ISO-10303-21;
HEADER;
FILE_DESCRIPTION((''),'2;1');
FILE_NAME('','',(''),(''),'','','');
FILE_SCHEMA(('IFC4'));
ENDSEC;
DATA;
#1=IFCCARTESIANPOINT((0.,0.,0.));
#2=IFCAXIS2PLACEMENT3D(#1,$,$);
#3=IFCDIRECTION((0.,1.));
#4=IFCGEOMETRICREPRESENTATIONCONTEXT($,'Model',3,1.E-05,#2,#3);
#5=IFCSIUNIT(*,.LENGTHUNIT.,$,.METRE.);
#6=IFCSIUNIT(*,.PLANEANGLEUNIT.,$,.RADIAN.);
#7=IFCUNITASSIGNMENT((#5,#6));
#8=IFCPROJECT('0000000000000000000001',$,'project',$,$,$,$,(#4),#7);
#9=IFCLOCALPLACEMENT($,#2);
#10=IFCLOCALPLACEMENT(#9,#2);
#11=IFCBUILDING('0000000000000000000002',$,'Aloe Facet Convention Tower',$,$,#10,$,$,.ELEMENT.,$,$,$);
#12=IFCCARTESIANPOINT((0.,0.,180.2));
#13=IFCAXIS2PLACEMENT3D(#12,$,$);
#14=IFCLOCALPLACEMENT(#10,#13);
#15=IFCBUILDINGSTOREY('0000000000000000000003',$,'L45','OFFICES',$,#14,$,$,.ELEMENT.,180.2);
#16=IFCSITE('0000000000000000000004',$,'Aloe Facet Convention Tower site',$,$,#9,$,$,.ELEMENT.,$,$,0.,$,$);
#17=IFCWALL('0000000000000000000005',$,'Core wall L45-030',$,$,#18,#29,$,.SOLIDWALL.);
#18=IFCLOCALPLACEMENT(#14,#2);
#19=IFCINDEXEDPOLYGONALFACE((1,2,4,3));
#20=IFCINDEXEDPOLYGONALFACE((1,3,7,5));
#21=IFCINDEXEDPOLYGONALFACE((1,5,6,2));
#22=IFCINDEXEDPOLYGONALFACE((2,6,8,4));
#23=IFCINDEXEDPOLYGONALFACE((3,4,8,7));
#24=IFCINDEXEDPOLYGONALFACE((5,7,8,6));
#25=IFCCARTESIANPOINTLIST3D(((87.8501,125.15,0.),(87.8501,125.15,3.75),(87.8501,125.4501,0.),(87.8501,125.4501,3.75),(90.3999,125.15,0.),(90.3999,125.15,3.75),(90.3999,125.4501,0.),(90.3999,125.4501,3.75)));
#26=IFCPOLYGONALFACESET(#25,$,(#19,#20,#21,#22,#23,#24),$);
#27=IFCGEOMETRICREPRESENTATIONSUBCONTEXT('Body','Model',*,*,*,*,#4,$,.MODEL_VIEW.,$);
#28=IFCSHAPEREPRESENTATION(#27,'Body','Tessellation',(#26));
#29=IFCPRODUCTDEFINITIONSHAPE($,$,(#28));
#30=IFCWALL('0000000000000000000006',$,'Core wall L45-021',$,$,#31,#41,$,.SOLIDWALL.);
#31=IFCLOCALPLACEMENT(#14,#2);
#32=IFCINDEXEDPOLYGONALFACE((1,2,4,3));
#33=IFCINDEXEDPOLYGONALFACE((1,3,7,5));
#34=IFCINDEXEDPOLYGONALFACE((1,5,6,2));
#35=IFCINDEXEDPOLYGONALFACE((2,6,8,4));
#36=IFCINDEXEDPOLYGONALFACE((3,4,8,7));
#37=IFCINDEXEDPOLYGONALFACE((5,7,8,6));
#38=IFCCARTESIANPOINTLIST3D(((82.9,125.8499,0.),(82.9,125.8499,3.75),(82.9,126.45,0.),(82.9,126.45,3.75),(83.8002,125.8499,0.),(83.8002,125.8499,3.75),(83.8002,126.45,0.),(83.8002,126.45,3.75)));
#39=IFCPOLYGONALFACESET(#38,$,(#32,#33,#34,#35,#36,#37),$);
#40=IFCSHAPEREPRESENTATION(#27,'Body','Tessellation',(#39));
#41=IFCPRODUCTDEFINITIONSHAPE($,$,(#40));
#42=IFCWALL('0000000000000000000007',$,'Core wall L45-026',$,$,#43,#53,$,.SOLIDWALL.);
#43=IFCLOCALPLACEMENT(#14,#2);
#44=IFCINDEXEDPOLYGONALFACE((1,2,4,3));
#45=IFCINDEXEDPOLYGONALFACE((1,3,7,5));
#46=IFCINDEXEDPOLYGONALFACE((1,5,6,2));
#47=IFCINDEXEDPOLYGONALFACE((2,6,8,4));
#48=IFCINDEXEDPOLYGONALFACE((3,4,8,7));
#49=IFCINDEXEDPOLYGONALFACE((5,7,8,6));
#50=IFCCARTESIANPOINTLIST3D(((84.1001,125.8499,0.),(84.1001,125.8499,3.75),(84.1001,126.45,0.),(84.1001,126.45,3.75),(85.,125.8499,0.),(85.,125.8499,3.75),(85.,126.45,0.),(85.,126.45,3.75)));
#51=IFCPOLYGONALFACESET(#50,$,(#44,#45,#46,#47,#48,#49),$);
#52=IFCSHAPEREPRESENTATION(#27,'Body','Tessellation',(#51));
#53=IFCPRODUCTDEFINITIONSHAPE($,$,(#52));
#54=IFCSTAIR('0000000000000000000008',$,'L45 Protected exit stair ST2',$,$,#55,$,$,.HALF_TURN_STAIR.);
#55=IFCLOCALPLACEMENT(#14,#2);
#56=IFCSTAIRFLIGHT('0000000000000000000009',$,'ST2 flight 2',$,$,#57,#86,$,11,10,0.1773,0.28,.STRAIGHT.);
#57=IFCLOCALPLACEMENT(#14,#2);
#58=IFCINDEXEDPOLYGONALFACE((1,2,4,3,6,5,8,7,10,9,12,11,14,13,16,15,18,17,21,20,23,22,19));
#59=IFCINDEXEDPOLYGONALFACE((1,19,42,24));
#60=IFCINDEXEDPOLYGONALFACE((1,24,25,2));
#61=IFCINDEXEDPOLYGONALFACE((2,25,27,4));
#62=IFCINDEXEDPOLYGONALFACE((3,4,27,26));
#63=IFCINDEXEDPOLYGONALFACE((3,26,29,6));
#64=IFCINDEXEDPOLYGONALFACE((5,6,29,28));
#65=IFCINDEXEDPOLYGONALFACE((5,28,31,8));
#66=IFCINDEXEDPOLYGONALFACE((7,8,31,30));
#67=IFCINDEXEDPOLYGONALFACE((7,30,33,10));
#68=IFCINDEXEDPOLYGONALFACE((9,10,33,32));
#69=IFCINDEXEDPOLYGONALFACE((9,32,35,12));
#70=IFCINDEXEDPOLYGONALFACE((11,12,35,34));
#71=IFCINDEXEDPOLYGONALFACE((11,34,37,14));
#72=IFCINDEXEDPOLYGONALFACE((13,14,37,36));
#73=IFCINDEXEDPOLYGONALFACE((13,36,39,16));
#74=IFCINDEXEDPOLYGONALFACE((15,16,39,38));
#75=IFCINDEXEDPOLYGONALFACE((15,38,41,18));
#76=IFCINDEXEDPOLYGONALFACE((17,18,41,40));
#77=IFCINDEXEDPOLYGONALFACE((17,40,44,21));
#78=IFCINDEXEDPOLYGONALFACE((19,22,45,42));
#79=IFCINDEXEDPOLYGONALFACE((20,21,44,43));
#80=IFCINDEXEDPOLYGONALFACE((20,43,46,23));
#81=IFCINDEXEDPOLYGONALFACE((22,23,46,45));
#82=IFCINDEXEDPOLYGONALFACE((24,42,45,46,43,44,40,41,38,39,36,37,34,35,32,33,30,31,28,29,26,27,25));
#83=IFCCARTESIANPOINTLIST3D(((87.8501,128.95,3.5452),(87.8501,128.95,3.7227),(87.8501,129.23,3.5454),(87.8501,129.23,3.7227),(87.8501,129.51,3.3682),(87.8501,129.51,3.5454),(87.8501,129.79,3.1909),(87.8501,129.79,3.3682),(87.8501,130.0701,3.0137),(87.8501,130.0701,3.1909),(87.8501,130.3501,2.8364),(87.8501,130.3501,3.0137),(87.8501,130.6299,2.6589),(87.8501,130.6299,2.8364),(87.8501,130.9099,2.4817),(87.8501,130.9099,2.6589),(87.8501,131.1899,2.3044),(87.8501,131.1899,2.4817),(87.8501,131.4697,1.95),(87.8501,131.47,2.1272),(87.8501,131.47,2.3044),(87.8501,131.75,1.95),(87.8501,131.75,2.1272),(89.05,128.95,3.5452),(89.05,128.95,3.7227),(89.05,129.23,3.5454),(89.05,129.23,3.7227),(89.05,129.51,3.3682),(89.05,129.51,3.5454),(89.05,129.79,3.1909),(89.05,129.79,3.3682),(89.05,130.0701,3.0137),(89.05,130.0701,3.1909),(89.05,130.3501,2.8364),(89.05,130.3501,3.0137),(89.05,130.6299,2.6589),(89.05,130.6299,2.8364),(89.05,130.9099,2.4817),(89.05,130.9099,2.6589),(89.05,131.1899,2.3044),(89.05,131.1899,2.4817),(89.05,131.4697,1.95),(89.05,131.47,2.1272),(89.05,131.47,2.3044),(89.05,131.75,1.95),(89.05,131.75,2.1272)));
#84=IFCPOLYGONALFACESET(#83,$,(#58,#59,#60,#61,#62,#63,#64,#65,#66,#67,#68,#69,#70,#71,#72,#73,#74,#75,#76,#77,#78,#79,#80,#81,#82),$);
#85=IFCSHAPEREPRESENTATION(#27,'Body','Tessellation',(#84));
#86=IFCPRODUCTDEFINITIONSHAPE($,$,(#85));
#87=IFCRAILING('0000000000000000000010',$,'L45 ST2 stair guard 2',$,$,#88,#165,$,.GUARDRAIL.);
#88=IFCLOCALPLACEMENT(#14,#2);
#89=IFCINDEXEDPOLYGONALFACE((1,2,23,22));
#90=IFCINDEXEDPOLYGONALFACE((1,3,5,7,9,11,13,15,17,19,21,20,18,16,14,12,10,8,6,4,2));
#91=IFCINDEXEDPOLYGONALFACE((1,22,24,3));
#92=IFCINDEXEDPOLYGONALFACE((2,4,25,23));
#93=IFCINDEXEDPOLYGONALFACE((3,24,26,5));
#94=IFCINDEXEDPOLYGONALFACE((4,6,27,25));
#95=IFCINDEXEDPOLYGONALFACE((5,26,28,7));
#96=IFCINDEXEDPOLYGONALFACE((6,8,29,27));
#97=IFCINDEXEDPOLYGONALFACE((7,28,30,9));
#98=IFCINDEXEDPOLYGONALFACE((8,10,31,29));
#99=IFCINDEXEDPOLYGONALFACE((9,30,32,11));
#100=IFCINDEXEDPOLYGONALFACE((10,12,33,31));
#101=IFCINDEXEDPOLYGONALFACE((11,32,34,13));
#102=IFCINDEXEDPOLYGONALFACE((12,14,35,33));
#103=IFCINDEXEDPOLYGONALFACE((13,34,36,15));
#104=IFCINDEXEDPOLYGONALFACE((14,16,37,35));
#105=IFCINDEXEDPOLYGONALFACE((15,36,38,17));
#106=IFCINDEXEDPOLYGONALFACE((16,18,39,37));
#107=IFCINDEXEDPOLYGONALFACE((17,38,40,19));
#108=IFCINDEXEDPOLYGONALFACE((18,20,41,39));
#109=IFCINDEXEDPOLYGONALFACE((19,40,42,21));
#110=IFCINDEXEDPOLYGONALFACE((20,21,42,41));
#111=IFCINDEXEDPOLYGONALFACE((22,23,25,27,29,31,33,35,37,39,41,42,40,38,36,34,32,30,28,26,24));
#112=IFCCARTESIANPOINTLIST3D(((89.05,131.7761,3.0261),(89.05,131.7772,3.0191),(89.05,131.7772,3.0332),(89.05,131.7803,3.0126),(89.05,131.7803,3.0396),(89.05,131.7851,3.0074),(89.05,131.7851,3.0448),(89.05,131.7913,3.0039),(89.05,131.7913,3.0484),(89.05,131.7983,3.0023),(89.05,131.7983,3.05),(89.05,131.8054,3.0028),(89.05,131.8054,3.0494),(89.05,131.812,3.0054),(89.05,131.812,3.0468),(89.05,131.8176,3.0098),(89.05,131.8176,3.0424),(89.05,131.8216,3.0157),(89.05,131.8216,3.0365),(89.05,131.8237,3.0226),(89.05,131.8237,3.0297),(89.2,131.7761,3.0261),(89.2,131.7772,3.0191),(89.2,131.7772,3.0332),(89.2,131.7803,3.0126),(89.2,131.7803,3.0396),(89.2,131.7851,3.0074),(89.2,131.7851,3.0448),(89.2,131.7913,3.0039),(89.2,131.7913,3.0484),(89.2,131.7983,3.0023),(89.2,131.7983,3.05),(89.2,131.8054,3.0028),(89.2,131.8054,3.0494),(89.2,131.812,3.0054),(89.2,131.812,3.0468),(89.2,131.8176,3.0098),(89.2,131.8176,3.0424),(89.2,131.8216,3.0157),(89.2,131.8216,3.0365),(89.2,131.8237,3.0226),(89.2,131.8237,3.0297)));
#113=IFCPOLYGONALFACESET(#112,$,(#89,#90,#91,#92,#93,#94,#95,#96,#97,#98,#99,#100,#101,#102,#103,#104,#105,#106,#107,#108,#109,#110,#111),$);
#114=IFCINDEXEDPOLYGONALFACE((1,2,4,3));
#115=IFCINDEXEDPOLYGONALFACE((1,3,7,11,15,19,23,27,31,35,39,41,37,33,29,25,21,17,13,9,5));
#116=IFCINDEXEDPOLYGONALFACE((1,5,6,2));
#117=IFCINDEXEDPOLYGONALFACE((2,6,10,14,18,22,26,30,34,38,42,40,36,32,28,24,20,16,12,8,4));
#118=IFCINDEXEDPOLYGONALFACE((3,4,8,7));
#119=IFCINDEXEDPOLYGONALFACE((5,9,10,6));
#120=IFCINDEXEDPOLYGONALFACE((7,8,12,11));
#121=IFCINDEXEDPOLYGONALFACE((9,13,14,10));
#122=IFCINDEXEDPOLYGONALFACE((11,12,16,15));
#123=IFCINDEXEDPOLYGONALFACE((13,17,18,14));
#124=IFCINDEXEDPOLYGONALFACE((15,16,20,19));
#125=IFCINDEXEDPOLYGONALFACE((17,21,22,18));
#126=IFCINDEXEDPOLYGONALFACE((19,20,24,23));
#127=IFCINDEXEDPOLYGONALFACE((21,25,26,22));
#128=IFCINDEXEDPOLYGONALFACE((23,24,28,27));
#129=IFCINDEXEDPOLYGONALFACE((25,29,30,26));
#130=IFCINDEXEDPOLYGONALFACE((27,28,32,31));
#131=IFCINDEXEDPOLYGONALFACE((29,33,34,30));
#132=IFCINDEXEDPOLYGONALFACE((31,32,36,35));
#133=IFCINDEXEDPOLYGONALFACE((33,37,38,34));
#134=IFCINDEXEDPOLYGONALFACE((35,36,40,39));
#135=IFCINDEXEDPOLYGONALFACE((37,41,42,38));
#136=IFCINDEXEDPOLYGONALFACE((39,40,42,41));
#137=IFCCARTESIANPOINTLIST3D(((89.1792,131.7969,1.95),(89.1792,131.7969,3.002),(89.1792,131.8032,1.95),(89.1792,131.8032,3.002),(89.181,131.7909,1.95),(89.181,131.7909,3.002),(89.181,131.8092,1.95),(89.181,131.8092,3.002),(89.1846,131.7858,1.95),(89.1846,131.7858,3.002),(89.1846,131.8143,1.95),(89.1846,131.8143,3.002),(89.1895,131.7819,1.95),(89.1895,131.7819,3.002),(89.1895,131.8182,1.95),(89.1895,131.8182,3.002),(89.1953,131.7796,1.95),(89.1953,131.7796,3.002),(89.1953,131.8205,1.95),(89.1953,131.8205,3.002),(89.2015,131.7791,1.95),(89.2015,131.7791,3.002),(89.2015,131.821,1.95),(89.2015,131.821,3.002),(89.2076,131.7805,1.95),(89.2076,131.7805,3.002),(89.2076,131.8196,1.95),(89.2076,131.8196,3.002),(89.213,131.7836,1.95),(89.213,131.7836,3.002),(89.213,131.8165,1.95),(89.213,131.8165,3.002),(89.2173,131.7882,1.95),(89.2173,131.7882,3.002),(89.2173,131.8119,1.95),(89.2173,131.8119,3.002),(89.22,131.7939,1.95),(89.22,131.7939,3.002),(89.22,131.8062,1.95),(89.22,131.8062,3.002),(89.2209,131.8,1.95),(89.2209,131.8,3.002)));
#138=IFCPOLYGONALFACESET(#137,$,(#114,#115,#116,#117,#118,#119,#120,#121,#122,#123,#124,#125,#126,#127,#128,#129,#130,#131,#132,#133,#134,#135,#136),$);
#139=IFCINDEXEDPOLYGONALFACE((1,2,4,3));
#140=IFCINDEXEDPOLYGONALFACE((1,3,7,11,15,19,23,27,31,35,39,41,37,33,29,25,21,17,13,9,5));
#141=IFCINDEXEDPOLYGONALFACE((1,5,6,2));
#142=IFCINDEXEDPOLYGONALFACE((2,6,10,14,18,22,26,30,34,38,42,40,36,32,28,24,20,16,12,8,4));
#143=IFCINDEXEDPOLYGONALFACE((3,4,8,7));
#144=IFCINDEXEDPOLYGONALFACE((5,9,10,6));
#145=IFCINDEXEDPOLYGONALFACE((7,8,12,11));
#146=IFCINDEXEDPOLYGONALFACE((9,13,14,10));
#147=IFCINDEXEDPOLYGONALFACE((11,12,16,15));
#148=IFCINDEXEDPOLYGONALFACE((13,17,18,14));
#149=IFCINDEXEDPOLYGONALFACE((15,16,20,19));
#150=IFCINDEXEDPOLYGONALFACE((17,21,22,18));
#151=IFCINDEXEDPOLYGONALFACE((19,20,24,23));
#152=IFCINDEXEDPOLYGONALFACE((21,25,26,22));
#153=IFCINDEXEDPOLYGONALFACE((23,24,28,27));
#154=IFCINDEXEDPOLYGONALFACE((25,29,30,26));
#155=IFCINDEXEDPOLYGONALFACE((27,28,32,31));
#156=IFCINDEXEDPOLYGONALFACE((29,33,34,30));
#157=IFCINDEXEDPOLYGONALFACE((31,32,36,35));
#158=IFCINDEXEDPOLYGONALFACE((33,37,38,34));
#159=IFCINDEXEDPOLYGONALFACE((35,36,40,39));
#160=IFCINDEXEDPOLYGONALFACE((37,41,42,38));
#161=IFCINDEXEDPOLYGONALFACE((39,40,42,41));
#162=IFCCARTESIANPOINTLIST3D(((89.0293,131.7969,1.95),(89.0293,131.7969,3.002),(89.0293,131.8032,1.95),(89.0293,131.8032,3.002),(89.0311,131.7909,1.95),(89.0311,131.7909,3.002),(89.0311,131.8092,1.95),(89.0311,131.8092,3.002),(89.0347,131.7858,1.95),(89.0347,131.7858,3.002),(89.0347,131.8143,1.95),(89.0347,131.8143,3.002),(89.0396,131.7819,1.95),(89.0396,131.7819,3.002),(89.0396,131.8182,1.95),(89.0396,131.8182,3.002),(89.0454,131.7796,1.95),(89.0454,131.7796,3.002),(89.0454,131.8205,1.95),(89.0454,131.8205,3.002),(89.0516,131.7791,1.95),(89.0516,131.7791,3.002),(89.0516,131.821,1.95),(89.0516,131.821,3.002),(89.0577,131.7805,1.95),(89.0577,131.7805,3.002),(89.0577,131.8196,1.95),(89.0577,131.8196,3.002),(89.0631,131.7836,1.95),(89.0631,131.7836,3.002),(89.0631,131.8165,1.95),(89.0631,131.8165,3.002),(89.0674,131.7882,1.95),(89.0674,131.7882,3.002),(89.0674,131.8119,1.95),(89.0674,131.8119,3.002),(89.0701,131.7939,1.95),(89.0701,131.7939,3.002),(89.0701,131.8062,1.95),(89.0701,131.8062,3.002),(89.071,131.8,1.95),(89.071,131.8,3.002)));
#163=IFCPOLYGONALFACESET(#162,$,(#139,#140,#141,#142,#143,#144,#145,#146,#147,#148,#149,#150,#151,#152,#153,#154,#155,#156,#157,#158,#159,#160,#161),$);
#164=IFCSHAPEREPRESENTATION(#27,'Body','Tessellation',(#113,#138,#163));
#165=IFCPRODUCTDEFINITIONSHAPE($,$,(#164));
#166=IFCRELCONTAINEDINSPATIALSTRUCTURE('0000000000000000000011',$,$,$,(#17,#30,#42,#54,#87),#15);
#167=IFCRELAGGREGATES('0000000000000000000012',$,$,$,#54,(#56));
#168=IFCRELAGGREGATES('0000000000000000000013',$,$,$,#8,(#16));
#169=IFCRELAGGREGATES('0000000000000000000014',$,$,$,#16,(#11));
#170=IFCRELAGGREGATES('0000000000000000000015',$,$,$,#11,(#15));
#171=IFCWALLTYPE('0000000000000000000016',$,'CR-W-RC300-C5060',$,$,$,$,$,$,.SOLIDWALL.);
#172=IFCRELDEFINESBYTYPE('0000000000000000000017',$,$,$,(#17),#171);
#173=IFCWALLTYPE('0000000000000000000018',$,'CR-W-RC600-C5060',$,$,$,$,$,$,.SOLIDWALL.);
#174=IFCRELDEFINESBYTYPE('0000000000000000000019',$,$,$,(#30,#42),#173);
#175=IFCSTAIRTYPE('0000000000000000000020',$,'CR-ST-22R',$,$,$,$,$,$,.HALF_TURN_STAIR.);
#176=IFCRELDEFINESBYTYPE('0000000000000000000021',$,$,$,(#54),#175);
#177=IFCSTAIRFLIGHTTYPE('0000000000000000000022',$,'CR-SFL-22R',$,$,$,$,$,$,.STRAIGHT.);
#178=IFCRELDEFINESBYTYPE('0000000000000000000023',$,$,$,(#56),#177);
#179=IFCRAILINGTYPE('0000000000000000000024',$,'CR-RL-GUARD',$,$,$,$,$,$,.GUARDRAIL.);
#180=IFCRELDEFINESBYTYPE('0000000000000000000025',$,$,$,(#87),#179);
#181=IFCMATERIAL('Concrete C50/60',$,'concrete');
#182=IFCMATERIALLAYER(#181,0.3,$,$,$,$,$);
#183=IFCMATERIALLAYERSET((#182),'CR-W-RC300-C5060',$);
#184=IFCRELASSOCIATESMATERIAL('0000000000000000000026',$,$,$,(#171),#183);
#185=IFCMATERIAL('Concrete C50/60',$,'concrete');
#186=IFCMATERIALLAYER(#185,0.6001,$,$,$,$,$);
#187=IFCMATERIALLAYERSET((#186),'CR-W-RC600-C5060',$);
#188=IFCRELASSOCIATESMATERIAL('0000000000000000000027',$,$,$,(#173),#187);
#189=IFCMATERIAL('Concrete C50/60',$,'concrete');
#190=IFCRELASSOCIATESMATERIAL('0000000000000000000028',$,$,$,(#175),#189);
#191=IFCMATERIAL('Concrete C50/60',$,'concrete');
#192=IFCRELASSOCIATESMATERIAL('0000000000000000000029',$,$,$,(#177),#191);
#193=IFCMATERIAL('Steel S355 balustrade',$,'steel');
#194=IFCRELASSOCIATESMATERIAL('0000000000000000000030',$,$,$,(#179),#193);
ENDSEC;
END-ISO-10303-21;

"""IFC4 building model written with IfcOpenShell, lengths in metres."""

from ifc_helpers import new_model, si_unit, direction, frame, frame_2d, origin, origin_2d, place, context, subcontext, project, spatial, polyline, rectangle, circle, outline, extrude, material, layer, layer_set, type_object, element, aggregate, save


model = new_model("IFC4")

# Units and contexts
model_context = context("Model", 3, precision=1e-05, world=origin(), true_north=direction((0.0, 1.0)))
body_context = subcontext(model_context, "Body", "Model", "MODEL_VIEW")
ifc_project = project(units=[si_unit("LENGTHUNIT", "METRE"), si_unit("PLANEANGLEUNIT", "RADIAN")], contexts=[model_context])

# Site, building, storey
site_placement = place(None, origin())
site = spatial("IfcSite", under=ifc_project, at=site_placement, Name="Aloe Facet Convention Tower site", CompositionType="ELEMENT", RefElevation=0.0)
building_placement = place(site_placement, origin())
building = spatial("IfcBuilding", under=site, at=building_placement, Name="Aloe Facet Convention Tower", CompositionType="ELEMENT")
storey_placement = place(building_placement, frame((0.0, 0.0, 180.2)))
storey = spatial("IfcBuildingStorey", under=building, at=storey_placement, Name="L45", Description="OFFICES", CompositionType="ELEMENT", Elevation=180.2)

# Shared definitions
ifc_material_1 = material(Name="Concrete C50/60", Category="concrete")
ifc_layer_1 = layer(ifc_material_1, 0.3)
ifc_layer_set_1 = layer_set([ifc_layer_1], Name="CR-W-RC300-C5060")
wall_type_1 = type_object("IfcWallType", Name="CR-W-RC300-C5060", PredefinedType="SOLIDWALL", material=ifc_layer_set_1)

# Walls
for number, where, z_axis, x_axis, name in (
    (1, (87.8501, 125.3, 0.0), (0.0, 0.0, 1.0), (1.0, 0.0, 0.0), "Core wall L45-030"),
):
    element("IfcWall", number, at=place(storey_placement, frame(where, z_axis=z_axis, x_axis=x_axis)), inside=storey, type_object=wall_type_1, Name=name, PredefinedType="SOLIDWALL", context=body_context, shape_type="SweptSolid", body=[
        extrude(rectangle(XDim=2.5498, YDim=0.3, at=frame_2d((1.2749, 0.0))), origin(), (0.0, 0.0, 1.0), 3.75),
    ])
ifc_material_2 = material(Name="Concrete C50/60", Category="concrete")
ifc_layer_2 = layer(ifc_material_2, 0.6001)
ifc_layer_set_2 = layer_set([ifc_layer_2], Name="CR-W-RC600-C5060")
wall_type_2 = type_object("IfcWallType", Name="CR-W-RC600-C5060", PredefinedType="SOLIDWALL", material=ifc_layer_set_2)
wall_1_placement = place(storey_placement, frame((82.8999, 126.1499, 0.0), z_axis=(0.0, 0.0, 1.0), x_axis=(1.0, 0.0, 0.0)))
element("IfcWall", 2, at=wall_1_placement, inside=storey, type_object=wall_type_2, Name="Core wall L45-021", PredefinedType="SOLIDWALL", context=body_context, shape_type="SweptSolid", body=[
    extrude(rectangle(XDim=0.9001, YDim=0.6001, at=frame_2d((0.4502, 0.0))), origin(), (0.0, 0.0, 1.0), 3.75),
])
wall_2_placement = place(storey_placement, frame((84.1001, 126.1499, 0.0), z_axis=(0.0, 0.0, 1.0), x_axis=(1.0, 0.0, 0.0)))
element("IfcWall", 3, at=wall_2_placement, inside=storey, type_object=wall_type_2, Name="Core wall L45-026", PredefinedType="SOLIDWALL", context=body_context, shape_type="SweptSolid", body=[
    extrude(rectangle(XDim=0.8999, YDim=0.6001, at=frame_2d((0.45, 0.0))), origin(), (0.0, 0.0, 1.0), 3.75),
])

# Stair, stair flight
ifc_material_3 = material(Name="Concrete C50/60", Category="concrete")
stair_type = type_object("IfcStairType", Name="CR-ST-22R", PredefinedType="HALF_TURN_STAIR", material=ifc_material_3)
stair_placement = place(storey_placement, origin())
stair = element("IfcStair", 4, at=stair_placement, inside=storey, type_object=stair_type, Name="L45 Protected exit stair ST2", PredefinedType="HALF_TURN_STAIR")
ifc_material_4 = material(Name="Concrete C50/60", Category="concrete")
stair_flight_type = type_object("IfcStairFlightType", Name="CR-SFL-22R", PredefinedType="STRAIGHT", material=ifc_material_4)
stair_flight_placement = place(storey_placement, frame((88.45, 131.75, 1.95), z_axis=(0.0, 0.0, 1.0), x_axis=(0.0, -1.0, 0.0)))
stair_flight = element("IfcStairFlight", 5, at=stair_flight_placement, type_object=stair_flight_type, Name="ST2 flight 2", NumberOfRisers=11, NumberOfTreads=10, PredefinedType="STRAIGHT", RiserHeight=0.1773, TreadLength=0.28, context=body_context, shape_type="SweptSolid", body=[
    extrude(outline(polyline([(0.0, 0.0), (0.0, 0.1772), (0.28, 0.1772), (0.28, 0.3545), (0.5601, 0.3545), (0.5601, 0.5317), (0.8401, 0.5317), (0.8401, 0.709), (1.1201, 0.709), (1.1201, 0.8865), (1.3999, 0.8865), (1.3999, 1.0637), (1.6799, 1.0637), (1.6799, 1.241), (1.96, 1.241), (1.96, 1.4182), (2.24, 1.4182), (2.24, 1.5955), (2.52, 1.5955), (2.52, 1.7727), (2.8, 1.7727), (2.8, 1.95), (2.8, 1.5952), (0.2803, 0.0), (0.0, 0.0)])), frame((0.0, 0.6001, 0.0), z_axis=(0.0, -1.0, 0.0), x_axis=(1.0, 0.0, 0.0)), (0.0, 0.0, 1.0), 1.2),
])
aggregate(stair, [stair_flight])

# Railing
ifc_material_5 = material(Name="Steel S355 balustrade", Category="steel")
railing_type_1 = type_object("IfcRailingType", Name="CR-RL-GUARD", PredefinedType="GUARDRAIL", material=ifc_material_5)
railing_1_placement = place(storey_placement, frame((89.2, 131.8, 1.95)))
element("IfcRailing", 6, at=railing_1_placement, inside=storey, type_object=railing_type_1, Name="L45 ST2 stair guard 2", PredefinedType="GUARDRAIL", context=body_context, shape_type="SweptSolid", body=[
    extrude(circle(Radius=0.0239, at=origin_2d()), frame((0.0, 0.0, 1.0762), z_axis=(-1.0, 0.0, 0.0), x_axis=(0.0, -1.0, 0.0)), (0.0, 0.0, 1.0), 0.1499),
    extrude(circle(Radius=0.021, at=origin_2d()), origin(), (0.0, 0.0, 1.0), 1.052),
    extrude(circle(Radius=0.021, at=origin_2d()), frame((-0.1499, 0.0, 0.0)), (0.0, 0.0, 1.0), 1.052),
])

save(model, "model.ifc")
